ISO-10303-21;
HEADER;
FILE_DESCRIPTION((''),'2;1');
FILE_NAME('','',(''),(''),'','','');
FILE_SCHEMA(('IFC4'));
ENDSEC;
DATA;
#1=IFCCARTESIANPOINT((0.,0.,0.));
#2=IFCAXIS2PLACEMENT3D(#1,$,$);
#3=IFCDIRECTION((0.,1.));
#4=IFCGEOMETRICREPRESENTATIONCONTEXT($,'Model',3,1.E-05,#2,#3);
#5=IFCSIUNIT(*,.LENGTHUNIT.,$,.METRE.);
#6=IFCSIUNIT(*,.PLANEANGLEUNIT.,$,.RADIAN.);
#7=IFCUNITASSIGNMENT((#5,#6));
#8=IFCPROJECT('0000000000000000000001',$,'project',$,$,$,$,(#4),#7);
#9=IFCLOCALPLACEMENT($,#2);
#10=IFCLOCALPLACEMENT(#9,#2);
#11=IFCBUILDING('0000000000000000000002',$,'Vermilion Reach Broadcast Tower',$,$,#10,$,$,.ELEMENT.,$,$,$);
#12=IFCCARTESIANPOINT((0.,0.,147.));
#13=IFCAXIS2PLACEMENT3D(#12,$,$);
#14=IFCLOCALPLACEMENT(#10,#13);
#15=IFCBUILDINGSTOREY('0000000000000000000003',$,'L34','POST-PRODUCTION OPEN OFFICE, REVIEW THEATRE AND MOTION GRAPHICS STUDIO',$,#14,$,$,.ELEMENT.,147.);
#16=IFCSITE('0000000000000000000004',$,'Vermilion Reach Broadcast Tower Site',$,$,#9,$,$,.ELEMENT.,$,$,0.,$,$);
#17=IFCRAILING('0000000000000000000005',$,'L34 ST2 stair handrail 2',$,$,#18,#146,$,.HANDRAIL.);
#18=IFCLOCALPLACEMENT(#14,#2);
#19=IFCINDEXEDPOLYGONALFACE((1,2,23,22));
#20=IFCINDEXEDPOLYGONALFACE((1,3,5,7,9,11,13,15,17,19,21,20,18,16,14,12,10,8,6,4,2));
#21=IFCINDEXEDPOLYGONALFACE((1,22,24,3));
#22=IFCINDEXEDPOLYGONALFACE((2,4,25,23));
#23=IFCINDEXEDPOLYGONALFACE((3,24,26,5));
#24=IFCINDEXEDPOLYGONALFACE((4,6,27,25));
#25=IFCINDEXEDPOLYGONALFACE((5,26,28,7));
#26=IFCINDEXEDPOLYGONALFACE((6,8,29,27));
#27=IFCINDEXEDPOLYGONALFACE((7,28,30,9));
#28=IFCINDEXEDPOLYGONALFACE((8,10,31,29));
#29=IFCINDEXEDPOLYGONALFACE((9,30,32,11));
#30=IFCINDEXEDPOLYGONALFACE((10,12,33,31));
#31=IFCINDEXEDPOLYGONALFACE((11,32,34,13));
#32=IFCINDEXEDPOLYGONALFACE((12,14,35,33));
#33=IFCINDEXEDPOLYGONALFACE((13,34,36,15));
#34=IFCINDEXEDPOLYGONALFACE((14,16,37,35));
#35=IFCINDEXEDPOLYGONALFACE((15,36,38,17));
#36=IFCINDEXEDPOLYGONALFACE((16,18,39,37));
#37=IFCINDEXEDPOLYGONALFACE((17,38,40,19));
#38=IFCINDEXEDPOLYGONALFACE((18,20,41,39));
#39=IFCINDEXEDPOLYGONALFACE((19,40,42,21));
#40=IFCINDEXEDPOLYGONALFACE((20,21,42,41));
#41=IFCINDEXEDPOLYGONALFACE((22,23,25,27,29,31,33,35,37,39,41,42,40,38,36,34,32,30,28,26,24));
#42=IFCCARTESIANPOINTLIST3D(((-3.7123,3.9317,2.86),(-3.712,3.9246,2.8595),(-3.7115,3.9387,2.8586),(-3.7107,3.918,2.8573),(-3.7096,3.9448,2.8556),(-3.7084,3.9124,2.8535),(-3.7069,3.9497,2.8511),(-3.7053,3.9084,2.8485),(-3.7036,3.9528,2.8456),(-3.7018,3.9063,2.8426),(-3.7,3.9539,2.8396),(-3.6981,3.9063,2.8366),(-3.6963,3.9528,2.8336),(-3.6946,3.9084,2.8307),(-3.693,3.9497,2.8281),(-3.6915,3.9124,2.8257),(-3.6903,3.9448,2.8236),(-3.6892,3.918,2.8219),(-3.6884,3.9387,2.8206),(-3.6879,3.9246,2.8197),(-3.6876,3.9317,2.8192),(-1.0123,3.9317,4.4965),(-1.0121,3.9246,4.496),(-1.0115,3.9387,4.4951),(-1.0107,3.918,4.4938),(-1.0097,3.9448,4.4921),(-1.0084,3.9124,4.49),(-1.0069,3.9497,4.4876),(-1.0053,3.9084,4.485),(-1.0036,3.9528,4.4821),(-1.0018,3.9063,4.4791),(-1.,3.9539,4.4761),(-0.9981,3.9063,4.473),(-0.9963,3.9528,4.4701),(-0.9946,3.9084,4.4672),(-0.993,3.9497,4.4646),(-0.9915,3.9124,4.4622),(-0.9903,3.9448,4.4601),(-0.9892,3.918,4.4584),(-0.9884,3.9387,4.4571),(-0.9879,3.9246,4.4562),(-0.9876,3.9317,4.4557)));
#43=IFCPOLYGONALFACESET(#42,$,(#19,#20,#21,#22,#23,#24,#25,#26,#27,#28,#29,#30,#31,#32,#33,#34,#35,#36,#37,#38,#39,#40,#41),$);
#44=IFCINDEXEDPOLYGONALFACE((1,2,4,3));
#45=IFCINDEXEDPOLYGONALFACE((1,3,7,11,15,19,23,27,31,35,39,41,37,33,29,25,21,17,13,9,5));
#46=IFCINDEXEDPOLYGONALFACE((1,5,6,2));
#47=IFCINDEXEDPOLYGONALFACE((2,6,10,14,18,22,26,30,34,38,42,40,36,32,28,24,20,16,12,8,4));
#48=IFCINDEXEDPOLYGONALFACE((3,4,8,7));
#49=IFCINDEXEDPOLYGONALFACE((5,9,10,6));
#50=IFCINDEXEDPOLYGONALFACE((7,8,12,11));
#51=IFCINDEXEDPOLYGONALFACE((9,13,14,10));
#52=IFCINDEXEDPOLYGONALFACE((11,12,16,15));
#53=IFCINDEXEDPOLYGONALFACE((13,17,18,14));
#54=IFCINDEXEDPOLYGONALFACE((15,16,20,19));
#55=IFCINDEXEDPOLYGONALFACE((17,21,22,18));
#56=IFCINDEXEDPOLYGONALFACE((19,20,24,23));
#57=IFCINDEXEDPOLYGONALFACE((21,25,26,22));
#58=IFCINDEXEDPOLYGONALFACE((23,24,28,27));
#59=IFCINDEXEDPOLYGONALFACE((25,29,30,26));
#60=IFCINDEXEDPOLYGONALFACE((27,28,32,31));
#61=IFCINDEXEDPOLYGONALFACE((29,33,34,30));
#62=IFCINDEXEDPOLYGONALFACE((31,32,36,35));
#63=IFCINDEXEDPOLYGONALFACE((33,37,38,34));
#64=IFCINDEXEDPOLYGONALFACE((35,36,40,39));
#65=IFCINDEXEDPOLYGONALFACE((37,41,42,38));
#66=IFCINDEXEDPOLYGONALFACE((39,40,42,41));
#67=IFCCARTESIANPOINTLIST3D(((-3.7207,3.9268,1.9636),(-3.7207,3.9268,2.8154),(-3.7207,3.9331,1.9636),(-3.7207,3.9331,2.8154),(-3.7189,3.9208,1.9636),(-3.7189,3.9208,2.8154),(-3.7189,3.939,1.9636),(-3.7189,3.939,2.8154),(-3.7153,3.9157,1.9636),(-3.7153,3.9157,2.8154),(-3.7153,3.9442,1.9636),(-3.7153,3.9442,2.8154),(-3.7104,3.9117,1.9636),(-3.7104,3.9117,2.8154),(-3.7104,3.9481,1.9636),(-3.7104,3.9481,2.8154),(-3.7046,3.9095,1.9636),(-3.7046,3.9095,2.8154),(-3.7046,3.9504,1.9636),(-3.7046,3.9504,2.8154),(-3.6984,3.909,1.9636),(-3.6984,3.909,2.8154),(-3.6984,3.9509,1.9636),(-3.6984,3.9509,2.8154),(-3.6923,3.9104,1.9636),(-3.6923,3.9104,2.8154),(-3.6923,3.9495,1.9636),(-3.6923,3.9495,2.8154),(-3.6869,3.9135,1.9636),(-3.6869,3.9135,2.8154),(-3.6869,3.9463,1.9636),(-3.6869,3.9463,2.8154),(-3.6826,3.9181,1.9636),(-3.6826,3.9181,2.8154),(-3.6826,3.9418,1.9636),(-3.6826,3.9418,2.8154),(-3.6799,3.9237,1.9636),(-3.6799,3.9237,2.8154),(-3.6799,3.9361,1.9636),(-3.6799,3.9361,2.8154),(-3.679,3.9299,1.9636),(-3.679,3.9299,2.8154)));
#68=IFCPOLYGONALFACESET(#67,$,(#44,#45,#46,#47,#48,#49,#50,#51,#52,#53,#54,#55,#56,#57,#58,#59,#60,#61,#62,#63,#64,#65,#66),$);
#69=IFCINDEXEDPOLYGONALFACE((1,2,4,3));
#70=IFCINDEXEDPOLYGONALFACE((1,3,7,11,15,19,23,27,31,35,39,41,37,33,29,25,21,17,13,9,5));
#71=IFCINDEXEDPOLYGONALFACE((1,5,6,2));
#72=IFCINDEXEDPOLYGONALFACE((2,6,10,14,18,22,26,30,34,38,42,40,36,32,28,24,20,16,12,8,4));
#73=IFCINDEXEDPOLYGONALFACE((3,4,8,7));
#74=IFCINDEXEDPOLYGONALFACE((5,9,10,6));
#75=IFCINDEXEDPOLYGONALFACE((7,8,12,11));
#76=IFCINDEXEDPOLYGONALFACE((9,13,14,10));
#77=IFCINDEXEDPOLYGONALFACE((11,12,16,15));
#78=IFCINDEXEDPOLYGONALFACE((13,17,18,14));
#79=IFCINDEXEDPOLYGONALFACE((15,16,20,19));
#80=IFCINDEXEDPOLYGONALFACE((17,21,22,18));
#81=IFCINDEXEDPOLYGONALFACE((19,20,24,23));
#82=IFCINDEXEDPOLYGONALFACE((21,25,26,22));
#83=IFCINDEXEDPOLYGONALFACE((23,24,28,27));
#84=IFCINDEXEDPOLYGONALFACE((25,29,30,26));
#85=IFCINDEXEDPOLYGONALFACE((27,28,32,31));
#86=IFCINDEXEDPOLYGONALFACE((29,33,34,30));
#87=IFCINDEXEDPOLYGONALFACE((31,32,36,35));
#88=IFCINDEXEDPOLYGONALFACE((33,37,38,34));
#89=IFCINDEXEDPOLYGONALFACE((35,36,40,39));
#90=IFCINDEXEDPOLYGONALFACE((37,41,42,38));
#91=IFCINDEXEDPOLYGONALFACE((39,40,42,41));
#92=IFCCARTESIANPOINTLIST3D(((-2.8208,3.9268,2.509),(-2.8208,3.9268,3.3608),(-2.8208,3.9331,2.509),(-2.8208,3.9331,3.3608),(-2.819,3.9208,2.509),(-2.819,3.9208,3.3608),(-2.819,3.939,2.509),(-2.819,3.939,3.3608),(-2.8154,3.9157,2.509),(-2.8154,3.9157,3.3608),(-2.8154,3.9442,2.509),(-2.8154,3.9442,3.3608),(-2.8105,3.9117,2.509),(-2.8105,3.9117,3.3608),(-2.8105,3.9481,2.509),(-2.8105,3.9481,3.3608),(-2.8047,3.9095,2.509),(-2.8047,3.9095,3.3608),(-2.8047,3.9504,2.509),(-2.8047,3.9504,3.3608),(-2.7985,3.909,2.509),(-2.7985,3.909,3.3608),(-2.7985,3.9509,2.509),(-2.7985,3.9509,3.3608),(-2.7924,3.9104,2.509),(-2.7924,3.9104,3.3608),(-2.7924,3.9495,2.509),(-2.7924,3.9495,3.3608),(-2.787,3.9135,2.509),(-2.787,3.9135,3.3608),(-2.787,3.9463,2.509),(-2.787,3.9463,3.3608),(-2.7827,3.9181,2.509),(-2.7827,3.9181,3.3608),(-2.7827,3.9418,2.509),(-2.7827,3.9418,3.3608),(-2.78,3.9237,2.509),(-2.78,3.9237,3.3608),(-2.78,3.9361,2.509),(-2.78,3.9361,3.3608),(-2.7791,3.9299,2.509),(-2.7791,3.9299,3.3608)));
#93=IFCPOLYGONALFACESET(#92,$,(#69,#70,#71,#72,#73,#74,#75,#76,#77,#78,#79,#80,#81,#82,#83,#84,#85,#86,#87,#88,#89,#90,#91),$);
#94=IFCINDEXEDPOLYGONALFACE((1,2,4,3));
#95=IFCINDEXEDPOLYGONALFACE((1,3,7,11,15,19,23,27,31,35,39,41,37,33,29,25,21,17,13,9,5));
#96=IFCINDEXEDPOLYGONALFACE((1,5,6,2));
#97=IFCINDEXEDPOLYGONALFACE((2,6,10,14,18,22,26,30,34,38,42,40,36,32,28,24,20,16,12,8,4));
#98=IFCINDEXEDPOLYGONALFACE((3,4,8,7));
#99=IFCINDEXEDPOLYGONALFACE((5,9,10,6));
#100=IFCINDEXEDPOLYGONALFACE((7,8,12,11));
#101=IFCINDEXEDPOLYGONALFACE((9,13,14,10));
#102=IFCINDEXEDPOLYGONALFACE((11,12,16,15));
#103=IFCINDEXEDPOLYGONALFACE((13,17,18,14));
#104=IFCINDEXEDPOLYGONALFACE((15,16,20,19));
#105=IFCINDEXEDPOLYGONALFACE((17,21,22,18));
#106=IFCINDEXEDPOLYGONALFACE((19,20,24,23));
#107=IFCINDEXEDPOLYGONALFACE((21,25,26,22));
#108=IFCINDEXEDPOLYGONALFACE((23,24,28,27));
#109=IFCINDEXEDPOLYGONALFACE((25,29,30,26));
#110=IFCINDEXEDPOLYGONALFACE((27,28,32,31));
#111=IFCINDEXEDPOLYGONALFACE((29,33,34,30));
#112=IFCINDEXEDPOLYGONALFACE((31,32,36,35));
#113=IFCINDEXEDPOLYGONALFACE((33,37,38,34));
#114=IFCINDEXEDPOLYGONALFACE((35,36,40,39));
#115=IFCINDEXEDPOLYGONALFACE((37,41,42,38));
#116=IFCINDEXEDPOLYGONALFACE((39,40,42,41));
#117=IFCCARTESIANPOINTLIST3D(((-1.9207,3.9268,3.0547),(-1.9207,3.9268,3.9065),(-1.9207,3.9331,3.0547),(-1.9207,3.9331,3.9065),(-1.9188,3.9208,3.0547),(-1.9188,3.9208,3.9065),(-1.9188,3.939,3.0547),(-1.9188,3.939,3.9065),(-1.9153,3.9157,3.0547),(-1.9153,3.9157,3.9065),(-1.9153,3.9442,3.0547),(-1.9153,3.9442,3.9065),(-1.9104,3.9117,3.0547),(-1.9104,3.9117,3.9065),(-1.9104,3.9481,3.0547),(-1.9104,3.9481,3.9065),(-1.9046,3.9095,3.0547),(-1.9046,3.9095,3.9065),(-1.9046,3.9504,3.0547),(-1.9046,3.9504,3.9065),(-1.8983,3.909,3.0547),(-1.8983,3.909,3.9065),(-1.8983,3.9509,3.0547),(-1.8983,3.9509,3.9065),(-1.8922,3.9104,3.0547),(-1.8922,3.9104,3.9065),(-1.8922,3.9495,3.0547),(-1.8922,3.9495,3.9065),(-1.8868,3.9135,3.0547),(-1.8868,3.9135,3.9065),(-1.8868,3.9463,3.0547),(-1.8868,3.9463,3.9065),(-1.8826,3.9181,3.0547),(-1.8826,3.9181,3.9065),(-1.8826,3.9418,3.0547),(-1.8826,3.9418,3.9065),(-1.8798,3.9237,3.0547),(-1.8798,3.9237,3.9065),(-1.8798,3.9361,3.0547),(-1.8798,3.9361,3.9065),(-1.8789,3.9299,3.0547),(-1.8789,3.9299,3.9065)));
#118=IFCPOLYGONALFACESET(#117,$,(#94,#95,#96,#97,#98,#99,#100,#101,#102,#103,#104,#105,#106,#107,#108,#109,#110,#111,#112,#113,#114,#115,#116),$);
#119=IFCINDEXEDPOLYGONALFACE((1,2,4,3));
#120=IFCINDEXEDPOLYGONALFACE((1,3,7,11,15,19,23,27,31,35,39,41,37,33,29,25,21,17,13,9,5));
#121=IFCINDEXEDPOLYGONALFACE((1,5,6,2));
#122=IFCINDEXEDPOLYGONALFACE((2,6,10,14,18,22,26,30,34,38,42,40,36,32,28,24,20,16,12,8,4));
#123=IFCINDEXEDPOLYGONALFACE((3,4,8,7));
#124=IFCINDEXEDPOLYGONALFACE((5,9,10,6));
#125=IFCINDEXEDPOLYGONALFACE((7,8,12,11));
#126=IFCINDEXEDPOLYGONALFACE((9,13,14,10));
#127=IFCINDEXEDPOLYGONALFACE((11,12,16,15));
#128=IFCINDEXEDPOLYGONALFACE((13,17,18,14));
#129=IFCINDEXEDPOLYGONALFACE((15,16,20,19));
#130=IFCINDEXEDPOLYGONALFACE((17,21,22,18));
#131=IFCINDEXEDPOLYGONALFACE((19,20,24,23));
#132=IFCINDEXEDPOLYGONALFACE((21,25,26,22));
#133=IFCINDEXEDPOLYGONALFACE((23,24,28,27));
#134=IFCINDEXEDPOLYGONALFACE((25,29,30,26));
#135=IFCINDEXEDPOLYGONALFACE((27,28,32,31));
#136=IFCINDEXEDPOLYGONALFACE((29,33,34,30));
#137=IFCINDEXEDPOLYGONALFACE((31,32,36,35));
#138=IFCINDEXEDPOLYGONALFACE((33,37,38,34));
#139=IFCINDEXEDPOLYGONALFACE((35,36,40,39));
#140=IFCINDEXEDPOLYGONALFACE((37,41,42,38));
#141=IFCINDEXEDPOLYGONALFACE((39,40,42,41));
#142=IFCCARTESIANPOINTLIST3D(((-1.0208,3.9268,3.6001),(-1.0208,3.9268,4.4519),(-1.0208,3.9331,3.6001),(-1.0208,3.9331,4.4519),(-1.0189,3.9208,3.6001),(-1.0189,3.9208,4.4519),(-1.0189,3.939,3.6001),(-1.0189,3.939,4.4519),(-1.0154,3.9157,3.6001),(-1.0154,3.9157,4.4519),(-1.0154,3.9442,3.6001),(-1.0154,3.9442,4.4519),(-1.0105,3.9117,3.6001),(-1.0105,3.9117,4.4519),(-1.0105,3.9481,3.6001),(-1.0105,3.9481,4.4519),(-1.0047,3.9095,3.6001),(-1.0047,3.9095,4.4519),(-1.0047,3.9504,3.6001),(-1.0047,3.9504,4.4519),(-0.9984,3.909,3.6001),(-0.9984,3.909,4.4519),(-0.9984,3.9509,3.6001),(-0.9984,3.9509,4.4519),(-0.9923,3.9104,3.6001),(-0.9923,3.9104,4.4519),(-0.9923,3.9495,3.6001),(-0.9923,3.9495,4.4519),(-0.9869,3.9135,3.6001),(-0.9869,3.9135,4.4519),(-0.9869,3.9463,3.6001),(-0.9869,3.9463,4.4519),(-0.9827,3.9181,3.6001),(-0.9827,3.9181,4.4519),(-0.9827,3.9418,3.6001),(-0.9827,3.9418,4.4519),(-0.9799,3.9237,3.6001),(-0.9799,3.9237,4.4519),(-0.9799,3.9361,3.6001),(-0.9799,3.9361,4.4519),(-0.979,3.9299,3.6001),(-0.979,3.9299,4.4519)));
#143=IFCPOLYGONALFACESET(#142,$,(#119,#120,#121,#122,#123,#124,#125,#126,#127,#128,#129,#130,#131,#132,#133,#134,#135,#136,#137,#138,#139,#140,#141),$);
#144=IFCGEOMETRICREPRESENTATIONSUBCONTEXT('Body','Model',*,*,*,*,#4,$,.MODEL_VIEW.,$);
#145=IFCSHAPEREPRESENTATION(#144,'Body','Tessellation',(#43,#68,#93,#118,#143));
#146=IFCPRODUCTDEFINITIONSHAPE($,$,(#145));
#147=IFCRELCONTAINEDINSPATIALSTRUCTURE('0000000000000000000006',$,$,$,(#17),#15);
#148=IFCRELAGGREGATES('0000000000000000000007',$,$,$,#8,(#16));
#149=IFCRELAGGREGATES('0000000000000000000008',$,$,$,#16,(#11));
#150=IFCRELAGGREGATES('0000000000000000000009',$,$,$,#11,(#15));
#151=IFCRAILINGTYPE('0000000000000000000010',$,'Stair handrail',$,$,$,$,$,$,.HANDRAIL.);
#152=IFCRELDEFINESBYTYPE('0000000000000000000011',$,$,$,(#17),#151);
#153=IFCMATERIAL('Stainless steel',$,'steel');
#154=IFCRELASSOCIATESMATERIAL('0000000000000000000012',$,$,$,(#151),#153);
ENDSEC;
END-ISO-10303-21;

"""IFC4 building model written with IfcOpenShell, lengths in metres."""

from ifc_helpers import new_model, si_unit, direction, frame, origin, origin_2d, place, context, subcontext, project, spatial, circle, extrude, material, type_object, element, save


model = new_model("IFC4")

# Units and contexts
model_context = context("Model", 3, precision=1e-05, world=origin(), true_north=direction((0.0, 1.0)))
body_context = subcontext(model_context, "Body", "Model", "MODEL_VIEW")
ifc_project = project(units=[si_unit("LENGTHUNIT", "METRE"), si_unit("PLANEANGLEUNIT", "RADIAN")], contexts=[model_context])

# Site, building, storey
site_placement = place(None, origin())
site = spatial("IfcSite", under=ifc_project, at=site_placement, Name="Vermilion Reach Broadcast Tower Site", CompositionType="ELEMENT", RefElevation=0.0)
building_placement = place(site_placement, origin())
building = spatial("IfcBuilding", under=site, at=building_placement, Name="Vermilion Reach Broadcast Tower", CompositionType="ELEMENT")
storey_placement = place(building_placement, frame((0.0, 0.0, 147.0)))
storey = spatial("IfcBuildingStorey", under=building, at=storey_placement, Name="L34", Description="POST-PRODUCTION OPEN OFFICE, REVIEW THEATRE AND MOTION GRAPHICS STUDIO", CompositionType="ELEMENT", Elevation=147.0)

# Railing
ifc_material_1 = material(Name="Stainless steel", Category="steel")
railing_type_1 = type_object("IfcRailingType", Name="Stair handrail", PredefinedType="HANDRAIL", material=ifc_material_1)
railing_1_placement = place(storey_placement, frame((-3.7, 3.9299, 1.9636)))
element("IfcRailing", 1, at=railing_1_placement, inside=storey, type_object=railing_type_1, Name="L34 ST2 stair handrail 2", PredefinedType="HANDRAIL", context=body_context, shape_type="SweptSolid", body=[
    extrude(circle(Radius=0.0239, at=origin_2d()), frame((0.0, 0.0, 0.876), z_axis=(0.855178, 0.0, 0.518334), x_axis=(0.0, 1.0, 0.0)), (0.0, 0.0, 1.0), 3.1572),
    extrude(circle(Radius=0.021, at=origin_2d()), origin(), (0.0, 0.0, 1.0), 0.8518),
    extrude(circle(Radius=0.021, at=origin_2d()), frame((0.8999, 0.0, 0.5454)), (0.0, 0.0, 1.0), 0.8518),
    extrude(circle(Radius=0.021, at=origin_2d()), frame((1.8, 0.0, 1.0911)), (0.0, 0.0, 1.0), 0.8518),
    extrude(circle(Radius=0.021, at=origin_2d()), frame((2.7, 0.0, 1.6365)), (0.0, 0.0, 1.0), 0.8518),
])

save(model, "model.ifc")
